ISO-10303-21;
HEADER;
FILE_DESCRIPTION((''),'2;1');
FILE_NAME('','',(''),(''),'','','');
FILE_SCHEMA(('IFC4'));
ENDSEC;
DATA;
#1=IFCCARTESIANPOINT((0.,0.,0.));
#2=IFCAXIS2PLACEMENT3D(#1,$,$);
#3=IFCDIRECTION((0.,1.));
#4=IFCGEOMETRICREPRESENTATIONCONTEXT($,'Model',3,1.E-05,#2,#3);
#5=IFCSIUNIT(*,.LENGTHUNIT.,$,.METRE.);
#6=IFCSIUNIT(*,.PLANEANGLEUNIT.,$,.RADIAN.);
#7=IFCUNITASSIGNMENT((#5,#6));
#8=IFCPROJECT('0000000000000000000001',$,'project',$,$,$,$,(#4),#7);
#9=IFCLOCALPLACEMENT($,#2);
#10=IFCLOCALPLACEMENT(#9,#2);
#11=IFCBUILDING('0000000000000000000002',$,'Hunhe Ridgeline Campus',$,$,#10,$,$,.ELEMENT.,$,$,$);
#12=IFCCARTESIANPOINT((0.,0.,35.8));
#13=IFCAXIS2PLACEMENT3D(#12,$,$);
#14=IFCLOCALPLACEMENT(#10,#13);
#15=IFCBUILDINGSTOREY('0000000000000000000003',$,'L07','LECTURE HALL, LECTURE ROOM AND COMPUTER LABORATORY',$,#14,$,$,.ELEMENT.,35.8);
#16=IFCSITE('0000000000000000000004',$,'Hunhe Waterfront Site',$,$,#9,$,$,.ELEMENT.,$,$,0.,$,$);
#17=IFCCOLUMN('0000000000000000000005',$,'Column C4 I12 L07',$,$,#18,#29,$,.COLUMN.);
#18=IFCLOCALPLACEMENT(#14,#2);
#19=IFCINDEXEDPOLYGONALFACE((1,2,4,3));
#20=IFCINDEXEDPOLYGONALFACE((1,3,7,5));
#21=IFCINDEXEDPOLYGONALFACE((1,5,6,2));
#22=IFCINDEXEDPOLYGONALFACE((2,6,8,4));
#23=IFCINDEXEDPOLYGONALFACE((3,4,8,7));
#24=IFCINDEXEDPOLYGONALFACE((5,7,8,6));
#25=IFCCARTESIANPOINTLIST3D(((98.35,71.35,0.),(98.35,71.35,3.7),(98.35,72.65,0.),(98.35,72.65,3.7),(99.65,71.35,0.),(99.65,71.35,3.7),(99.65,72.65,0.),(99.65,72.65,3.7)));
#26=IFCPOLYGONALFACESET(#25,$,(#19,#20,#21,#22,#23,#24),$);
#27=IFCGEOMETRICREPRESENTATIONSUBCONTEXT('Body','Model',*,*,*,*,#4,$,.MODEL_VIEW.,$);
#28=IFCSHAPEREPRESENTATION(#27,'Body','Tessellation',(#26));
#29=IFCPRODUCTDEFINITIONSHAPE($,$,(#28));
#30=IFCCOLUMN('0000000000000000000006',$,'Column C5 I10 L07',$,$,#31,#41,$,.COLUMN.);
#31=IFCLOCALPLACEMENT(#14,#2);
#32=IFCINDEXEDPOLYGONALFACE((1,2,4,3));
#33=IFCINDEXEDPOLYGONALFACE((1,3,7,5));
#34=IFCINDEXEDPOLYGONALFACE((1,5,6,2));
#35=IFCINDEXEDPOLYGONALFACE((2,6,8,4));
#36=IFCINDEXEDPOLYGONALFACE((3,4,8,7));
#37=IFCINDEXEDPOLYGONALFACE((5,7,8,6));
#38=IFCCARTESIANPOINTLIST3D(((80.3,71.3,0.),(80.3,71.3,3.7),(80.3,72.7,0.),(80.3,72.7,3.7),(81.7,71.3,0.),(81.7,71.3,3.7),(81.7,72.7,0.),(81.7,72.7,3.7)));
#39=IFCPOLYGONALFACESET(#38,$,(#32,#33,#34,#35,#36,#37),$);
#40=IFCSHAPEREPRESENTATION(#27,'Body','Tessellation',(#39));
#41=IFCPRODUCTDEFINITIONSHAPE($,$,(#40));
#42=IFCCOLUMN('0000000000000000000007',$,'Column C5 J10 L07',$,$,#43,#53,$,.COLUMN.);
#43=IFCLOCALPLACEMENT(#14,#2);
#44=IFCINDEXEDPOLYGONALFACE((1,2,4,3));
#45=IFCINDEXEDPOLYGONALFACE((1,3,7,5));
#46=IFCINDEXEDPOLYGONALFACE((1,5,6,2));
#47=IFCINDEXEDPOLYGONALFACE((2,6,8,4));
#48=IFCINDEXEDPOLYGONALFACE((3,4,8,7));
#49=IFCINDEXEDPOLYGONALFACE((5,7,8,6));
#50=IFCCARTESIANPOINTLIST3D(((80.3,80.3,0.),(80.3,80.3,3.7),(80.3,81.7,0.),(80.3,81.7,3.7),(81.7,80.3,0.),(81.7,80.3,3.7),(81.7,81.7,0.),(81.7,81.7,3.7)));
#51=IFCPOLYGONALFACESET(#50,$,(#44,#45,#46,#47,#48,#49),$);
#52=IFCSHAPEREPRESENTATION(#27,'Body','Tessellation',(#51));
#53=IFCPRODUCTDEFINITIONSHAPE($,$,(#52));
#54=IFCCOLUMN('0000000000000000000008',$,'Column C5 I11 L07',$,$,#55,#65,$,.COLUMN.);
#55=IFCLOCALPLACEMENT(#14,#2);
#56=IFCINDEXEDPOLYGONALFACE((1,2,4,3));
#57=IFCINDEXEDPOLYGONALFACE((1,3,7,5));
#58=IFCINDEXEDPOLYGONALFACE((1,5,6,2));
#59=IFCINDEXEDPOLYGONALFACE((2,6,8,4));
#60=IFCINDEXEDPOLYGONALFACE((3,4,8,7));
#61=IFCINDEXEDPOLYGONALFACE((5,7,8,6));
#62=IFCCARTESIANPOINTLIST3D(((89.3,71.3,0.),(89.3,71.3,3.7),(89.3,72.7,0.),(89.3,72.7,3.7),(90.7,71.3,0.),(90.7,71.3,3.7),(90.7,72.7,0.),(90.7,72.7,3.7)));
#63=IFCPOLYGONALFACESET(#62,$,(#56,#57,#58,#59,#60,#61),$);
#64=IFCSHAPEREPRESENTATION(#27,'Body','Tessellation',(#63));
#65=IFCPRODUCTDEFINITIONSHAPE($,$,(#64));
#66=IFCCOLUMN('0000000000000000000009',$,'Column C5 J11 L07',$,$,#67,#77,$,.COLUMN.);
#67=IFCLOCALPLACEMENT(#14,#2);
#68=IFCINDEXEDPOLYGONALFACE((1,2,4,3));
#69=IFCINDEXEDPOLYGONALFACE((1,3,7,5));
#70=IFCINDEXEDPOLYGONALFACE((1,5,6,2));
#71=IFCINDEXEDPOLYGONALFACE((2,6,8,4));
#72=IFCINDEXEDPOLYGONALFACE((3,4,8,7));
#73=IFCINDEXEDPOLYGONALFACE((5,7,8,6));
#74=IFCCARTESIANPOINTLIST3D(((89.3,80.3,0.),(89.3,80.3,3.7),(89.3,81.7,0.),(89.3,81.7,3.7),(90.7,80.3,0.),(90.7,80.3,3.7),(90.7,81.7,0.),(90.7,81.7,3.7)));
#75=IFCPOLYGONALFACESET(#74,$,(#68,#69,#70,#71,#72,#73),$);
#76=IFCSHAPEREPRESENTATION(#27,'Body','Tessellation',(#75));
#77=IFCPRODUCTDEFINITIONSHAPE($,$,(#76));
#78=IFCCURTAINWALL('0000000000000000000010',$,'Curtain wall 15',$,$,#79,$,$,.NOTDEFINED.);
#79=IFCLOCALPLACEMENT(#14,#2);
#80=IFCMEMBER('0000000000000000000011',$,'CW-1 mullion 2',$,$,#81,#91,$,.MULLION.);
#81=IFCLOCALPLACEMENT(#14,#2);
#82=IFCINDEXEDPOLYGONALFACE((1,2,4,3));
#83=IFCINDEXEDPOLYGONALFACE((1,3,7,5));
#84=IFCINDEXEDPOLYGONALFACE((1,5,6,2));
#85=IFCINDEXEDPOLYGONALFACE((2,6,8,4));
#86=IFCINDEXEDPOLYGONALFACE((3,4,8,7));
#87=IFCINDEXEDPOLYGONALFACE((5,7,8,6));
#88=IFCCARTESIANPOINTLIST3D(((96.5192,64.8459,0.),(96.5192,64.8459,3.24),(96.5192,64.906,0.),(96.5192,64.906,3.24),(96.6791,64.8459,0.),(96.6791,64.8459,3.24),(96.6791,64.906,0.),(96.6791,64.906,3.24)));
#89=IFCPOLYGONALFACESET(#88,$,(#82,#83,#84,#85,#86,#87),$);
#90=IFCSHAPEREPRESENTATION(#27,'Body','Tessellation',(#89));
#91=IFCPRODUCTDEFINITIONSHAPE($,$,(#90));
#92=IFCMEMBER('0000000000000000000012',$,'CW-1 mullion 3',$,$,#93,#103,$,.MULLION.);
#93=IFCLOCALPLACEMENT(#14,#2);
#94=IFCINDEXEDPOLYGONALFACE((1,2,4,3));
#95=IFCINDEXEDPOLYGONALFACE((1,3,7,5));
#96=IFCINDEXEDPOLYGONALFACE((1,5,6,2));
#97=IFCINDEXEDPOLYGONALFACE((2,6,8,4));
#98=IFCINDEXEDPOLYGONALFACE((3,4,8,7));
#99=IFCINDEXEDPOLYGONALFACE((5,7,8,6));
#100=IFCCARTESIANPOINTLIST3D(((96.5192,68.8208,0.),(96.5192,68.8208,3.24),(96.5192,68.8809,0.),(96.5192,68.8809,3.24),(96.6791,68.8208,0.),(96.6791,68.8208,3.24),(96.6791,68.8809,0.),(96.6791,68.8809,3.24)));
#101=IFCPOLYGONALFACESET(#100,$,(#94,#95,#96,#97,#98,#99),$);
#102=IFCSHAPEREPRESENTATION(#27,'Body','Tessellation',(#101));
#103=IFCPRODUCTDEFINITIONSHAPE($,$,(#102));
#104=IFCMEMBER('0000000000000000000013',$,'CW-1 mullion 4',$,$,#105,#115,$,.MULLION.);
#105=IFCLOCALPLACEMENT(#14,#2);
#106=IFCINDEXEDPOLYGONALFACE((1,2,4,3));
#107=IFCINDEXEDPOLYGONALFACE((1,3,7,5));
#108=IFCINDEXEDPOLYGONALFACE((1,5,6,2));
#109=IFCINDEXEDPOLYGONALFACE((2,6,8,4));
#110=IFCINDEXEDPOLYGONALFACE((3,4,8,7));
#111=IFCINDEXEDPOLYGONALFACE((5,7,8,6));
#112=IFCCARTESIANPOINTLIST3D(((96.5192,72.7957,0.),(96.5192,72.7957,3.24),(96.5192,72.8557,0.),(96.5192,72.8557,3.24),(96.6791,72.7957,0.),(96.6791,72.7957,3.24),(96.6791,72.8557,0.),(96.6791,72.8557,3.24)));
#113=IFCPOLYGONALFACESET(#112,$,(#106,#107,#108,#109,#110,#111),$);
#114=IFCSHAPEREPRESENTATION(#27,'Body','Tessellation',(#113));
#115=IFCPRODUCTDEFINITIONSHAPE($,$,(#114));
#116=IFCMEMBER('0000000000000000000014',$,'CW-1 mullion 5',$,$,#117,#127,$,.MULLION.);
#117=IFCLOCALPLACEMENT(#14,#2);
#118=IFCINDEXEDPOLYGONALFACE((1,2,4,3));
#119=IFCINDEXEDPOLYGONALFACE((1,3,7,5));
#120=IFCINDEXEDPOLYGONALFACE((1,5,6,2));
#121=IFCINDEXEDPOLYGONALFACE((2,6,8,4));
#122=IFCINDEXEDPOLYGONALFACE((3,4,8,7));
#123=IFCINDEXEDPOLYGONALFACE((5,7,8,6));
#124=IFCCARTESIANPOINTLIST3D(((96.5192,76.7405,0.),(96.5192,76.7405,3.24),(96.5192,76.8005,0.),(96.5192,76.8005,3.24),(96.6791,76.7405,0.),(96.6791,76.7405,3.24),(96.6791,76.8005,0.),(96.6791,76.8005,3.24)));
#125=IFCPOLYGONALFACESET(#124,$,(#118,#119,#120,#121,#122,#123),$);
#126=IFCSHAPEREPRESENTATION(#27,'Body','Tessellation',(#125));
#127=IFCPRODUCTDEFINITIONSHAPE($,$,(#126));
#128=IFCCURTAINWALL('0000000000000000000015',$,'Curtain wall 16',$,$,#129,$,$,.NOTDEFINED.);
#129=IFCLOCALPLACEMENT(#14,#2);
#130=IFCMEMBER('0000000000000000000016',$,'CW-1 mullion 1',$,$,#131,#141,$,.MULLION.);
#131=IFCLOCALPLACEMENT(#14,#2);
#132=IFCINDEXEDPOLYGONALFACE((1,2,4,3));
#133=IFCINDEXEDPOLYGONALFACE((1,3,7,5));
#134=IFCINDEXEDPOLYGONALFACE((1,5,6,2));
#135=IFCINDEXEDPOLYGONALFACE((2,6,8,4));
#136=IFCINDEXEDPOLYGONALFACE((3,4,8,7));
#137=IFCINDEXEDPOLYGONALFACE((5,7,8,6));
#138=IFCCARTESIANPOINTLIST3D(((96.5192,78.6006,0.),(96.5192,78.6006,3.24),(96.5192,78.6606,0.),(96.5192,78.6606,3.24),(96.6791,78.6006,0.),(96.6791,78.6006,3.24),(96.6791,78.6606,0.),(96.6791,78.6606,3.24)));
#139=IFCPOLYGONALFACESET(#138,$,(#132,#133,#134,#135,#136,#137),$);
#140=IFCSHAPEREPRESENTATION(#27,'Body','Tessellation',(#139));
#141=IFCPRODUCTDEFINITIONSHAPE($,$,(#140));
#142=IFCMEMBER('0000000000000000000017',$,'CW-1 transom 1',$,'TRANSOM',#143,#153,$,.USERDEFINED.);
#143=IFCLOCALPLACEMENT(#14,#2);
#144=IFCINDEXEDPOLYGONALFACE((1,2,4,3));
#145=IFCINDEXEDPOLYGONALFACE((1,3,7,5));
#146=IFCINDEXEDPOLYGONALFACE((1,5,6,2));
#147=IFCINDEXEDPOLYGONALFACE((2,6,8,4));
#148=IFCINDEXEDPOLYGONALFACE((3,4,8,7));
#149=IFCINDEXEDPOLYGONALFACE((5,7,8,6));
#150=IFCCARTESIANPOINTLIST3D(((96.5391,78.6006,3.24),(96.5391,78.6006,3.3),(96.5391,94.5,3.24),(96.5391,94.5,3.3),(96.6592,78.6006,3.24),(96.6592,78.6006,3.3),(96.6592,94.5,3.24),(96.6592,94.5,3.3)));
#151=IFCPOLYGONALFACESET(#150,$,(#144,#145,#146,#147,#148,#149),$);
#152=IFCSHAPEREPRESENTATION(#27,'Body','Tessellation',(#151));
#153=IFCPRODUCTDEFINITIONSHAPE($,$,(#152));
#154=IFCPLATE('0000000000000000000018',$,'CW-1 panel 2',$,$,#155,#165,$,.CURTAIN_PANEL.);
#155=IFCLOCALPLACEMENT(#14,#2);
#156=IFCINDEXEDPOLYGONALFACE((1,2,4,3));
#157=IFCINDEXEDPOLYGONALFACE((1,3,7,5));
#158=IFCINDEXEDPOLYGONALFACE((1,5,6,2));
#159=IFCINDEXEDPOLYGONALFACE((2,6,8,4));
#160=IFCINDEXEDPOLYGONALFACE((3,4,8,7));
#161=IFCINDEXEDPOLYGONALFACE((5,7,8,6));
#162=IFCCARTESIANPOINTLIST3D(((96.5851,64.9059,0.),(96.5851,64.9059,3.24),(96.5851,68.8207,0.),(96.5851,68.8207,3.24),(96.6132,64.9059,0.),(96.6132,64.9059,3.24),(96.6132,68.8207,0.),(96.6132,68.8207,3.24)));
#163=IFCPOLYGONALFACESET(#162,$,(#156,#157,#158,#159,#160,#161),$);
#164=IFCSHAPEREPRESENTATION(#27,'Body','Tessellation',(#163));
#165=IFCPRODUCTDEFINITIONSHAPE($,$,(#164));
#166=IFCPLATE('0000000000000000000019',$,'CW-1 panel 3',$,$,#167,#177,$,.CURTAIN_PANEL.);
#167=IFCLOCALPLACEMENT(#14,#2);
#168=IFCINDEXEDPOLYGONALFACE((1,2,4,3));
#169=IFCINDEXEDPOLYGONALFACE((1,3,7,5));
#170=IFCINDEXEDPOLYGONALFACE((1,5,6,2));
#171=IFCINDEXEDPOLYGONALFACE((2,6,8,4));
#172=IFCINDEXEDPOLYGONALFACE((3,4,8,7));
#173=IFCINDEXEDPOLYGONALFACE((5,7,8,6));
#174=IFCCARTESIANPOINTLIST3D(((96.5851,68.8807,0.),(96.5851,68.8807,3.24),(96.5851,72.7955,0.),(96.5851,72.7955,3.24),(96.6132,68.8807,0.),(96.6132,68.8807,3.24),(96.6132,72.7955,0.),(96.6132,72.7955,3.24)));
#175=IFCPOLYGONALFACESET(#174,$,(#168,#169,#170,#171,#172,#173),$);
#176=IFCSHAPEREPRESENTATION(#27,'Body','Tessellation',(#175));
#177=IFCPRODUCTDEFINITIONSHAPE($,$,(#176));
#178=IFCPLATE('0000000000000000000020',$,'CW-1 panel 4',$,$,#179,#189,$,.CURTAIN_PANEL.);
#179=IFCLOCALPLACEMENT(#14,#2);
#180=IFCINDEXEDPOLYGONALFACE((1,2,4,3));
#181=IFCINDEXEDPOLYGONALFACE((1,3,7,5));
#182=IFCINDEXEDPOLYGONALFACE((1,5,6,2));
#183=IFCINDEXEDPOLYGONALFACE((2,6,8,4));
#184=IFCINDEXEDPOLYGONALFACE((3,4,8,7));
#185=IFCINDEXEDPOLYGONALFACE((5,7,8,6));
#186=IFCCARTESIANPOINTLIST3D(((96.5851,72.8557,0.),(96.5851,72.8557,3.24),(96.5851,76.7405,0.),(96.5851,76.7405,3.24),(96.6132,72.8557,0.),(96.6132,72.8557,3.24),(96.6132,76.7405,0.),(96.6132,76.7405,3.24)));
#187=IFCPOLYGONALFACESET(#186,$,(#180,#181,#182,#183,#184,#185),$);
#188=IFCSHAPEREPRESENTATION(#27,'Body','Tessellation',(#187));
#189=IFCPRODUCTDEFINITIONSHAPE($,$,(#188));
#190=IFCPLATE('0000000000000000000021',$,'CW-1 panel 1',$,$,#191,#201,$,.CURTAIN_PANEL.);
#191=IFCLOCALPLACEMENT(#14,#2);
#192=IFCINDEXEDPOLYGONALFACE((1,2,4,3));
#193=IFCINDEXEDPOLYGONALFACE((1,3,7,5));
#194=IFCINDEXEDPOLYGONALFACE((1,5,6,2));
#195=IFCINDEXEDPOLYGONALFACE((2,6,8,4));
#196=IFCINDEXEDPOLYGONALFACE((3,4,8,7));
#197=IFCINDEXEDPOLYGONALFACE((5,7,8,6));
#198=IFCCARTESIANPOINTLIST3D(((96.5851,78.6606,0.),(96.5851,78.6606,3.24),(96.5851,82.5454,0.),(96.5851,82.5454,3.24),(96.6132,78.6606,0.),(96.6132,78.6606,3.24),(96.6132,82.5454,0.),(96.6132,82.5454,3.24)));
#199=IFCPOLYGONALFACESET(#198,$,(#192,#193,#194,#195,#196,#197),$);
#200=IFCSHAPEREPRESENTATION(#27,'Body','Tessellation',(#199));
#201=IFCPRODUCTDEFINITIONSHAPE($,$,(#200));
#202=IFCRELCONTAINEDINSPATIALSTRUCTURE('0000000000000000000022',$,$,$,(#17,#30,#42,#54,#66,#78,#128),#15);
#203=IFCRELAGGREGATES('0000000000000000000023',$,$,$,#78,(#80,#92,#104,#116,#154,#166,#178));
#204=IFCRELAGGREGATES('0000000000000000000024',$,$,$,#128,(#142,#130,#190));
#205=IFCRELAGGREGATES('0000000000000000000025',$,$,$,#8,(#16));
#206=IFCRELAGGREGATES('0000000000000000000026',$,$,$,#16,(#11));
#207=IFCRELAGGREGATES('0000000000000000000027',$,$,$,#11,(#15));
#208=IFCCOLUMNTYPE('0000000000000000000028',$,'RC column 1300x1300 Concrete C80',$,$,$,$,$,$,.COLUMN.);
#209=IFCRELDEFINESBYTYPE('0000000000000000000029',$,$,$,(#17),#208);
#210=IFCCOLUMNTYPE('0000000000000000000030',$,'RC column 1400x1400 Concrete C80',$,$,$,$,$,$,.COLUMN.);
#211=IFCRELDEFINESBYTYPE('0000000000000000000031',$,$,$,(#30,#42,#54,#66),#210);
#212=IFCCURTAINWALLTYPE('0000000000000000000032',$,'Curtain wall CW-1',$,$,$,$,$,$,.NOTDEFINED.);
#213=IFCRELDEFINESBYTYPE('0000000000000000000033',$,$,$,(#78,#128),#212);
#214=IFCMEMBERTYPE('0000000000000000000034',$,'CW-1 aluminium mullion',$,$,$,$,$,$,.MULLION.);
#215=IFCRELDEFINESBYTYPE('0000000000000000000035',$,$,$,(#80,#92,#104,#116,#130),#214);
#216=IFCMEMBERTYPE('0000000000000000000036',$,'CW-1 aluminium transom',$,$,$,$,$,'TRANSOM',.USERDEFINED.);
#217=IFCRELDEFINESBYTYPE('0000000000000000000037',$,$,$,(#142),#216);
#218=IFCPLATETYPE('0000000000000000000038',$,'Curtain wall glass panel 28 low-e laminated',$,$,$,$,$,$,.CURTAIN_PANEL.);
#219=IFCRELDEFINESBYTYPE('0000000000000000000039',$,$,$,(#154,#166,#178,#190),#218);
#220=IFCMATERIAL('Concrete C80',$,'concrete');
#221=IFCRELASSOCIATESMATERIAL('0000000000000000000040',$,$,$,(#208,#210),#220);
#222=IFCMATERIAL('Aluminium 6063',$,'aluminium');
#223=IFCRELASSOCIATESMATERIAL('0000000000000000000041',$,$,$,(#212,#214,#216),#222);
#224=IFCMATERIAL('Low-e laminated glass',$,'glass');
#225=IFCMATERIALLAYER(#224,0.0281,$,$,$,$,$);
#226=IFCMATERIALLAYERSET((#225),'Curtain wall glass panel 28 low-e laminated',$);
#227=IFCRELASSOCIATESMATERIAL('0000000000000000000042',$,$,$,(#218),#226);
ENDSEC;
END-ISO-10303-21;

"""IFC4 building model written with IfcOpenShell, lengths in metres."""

from ifc_helpers import new_model, si_unit, direction, frame, origin, origin_2d, place, context, subcontext, project, spatial, rectangle, extrude, material, layer, layer_set, material_profile, profile_set, type_object, element, aggregate, save


model = new_model("IFC4")

# Units and contexts
model_context = context("Model", 3, precision=1e-05, world=origin(), true_north=direction((0.0, 1.0)))
body_context = subcontext(model_context, "Body", "Model", "MODEL_VIEW")
ifc_project = project(units=[si_unit("LENGTHUNIT", "METRE"), si_unit("PLANEANGLEUNIT", "RADIAN")], contexts=[model_context])

# Site, building, storey
site_placement = place(None, origin())
site = spatial("IfcSite", under=ifc_project, at=site_placement, Name="Hunhe Waterfront Site", CompositionType="ELEMENT", RefElevation=0.0)
building_placement = place(site_placement, origin())
building = spatial("IfcBuilding", under=site, at=building_placement, Name="Hunhe Ridgeline Campus", CompositionType="ELEMENT")
storey_placement = place(building_placement, frame((0.0, 0.0, 35.8)))
storey = spatial("IfcBuildingStorey", under=building, at=storey_placement, Name="L07", Description="LECTURE HALL, LECTURE ROOM AND COMPUTER LABORATORY", CompositionType="ELEMENT", Elevation=35.8)

# Columns
ifc_material_1 = material(Name="Concrete C80", Category="concrete")
ifc_material_profile_1 = material_profile(ifc_material_1, rectangle(XDim=1.3, YDim=1.3, at=origin_2d()))
ifc_profile_set_1 = profile_set([ifc_material_profile_1], Name="Concrete C80")
column_type_1 = type_object("IfcColumnType", Name="RC column 1300x1300 Concrete C80", PredefinedType="COLUMN", material=ifc_profile_set_1)
column_placement = place(storey_placement, frame((99.0, 72.0, 0.0), z_axis=(0.0, 0.0, 1.0), x_axis=(1.0, 0.0, 0.0)))
element("IfcColumn", 1, at=column_placement, inside=storey, type_object=column_type_1, Name="Column C4 I12 L07", PredefinedType="COLUMN", context=body_context, shape_type="SweptSolid", body=[
    extrude(rectangle(XDim=1.3, YDim=1.3, at=origin_2d()), origin(), (0.0, 0.0, 1.0), 3.7),
])
ifc_material_profile_2 = material_profile(ifc_material_1, rectangle(XDim=1.3999, YDim=1.3999, at=origin_2d()))
ifc_profile_set_2 = profile_set([ifc_material_profile_2], Name="Concrete C80")
column_type_2 = type_object("IfcColumnType", Name="RC column 1400x1400 Concrete C80", PredefinedType="COLUMN", material=ifc_profile_set_2)
for number, where, z_axis, x_axis, name in (
    (2, (81.0, 72.0, 0.0), (0.0, 0.0, 1.0), (1.0, 0.0, 0.0), "Column C5 I10 L07"),
    (3, (81.0, 81.0, 0.0), (0.0, 0.0, 1.0), (1.0, 0.0, 0.0), "Column C5 J10 L07"),
    (4, (90.0, 72.0, 0.0), (0.0, 0.0, 1.0), (1.0, 0.0, 0.0), "Column C5 I11 L07"),
    (5, (90.0, 81.0, 0.0), (0.0, 0.0, 1.0), (1.0, 0.0, 0.0), "Column C5 J11 L07"),
):
    element("IfcColumn", number, at=place(storey_placement, frame(where, z_axis=z_axis, x_axis=x_axis)), inside=storey, type_object=column_type_2, Name=name, PredefinedType="COLUMN", context=body_context, shape_type="SweptSolid", body=[
        extrude(rectangle(XDim=1.3999, YDim=1.3999, at=origin_2d()), origin(), (0.0, 0.0, 1.0), 3.7),
    ])

# Curtain walls, members
ifc_material_2 = material(Name="Aluminium 6063", Category="aluminium")
curtain_wall_type = type_object("IfcCurtainWallType", Name="Curtain wall CW-1", PredefinedType="NOTDEFINED", material=ifc_material_2)
curtain_wall_1_placement = place(storey_placement, origin())
curtain_wall_1 = element("IfcCurtainWall", 6, at=curtain_wall_1_placement, inside=storey, type_object=curtain_wall_type, Name="Curtain wall 15", PredefinedType="NOTDEFINED")
ifc_material_profile_3 = material_profile(ifc_material_2, rectangle(XDim=0.1599, YDim=0.0601, at=origin_2d()))
ifc_profile_set_3 = profile_set([ifc_material_profile_3], Name="Aluminium 6063")
member_type_1 = type_object("IfcMemberType", Name="CW-1 aluminium mullion", PredefinedType="MULLION", material=ifc_profile_set_3)
member_1_placement = place(storey_placement, frame((96.5991, 64.876, 0.0), z_axis=(0.0, 0.0, 1.0), x_axis=(-1.0, 0.0, 0.0)))
member_1 = element("IfcMember", 7, at=member_1_placement, type_object=member_type_1, Name="CW-1 mullion 2", PredefinedType="MULLION", context=body_context, shape_type="SweptSolid", body=[
    extrude(rectangle(XDim=0.1599, YDim=0.0601, at=origin_2d()), origin(), (0.0, 0.0, 1.0), 3.24),
])
member_2_placement = place(storey_placement, frame((96.5991, 68.8508, 0.0), z_axis=(0.0, 0.0, 1.0), x_axis=(-1.0, 0.0, 0.0)))
member_2 = element("IfcMember", 8, at=member_2_placement, type_object=member_type_1, Name="CW-1 mullion 3", PredefinedType="MULLION", context=body_context, shape_type="SweptSolid", body=[
    extrude(rectangle(XDim=0.1599, YDim=0.0601, at=origin_2d()), origin(), (0.0, 0.0, 1.0), 3.24),
])
member_3_placement = place(storey_placement, frame((96.5991, 72.8257, 0.0), z_axis=(0.0, 0.0, 1.0), x_axis=(-1.0, 0.0, 0.0)))
member_3 = element("IfcMember", 9, at=member_3_placement, type_object=member_type_1, Name="CW-1 mullion 4", PredefinedType="MULLION", context=body_context, shape_type="SweptSolid", body=[
    extrude(rectangle(XDim=0.1599, YDim=0.0601, at=origin_2d()), origin(), (0.0, 0.0, 1.0), 3.24),
])
member_4_placement = place(storey_placement, frame((96.5991, 76.7705, 0.0), z_axis=(0.0, 0.0, 1.0), x_axis=(-1.0, 0.0, 0.0)))
member_4 = element("IfcMember", 10, at=member_4_placement, type_object=member_type_1, Name="CW-1 mullion 5", PredefinedType="MULLION", context=body_context, shape_type="SweptSolid", body=[
    extrude(rectangle(XDim=0.1599, YDim=0.0601, at=origin_2d()), origin(), (0.0, 0.0, 1.0), 3.24),
])
curtain_wall_2_placement = place(storey_placement, origin())
curtain_wall_2 = element("IfcCurtainWall", 11, at=curtain_wall_2_placement, inside=storey, type_object=curtain_wall_type, Name="Curtain wall 16", PredefinedType="NOTDEFINED")
member_5_placement = place(storey_placement, frame((96.5991, 78.6306, 0.0), z_axis=(0.0, 0.0, 1.0), x_axis=(-1.0, 0.0, 0.0)))
member_5 = element("IfcMember", 12, at=member_5_placement, type_object=member_type_1, Name="CW-1 mullion 1", PredefinedType="MULLION", context=body_context, shape_type="SweptSolid", body=[
    extrude(rectangle(XDim=0.1599, YDim=0.0601, at=origin_2d()), origin(), (0.0, 0.0, 1.0), 3.24),
])
ifc_material_profile_4 = material_profile(ifc_material_2, rectangle(XDim=0.1201, YDim=0.0601, at=origin_2d()))
ifc_profile_set_4 = profile_set([ifc_material_profile_4], Name="Aluminium 6063")
member_type_2 = type_object("IfcMemberType", Name="CW-1 aluminium transom", ElementType="TRANSOM", PredefinedType="USERDEFINED", material=ifc_profile_set_4)
member_6_placement = place(storey_placement, frame((96.5991, 78.6006, 3.27), z_axis=(0.0, 1.0, 0.0), x_axis=(-1.0, 0.0, 0.0)))
member_6 = element("IfcMember", 13, at=member_6_placement, type_object=member_type_2, Name="CW-1 transom 1", ObjectType="TRANSOM", PredefinedType="USERDEFINED", context=body_context, shape_type="SweptSolid", body=[
    extrude(rectangle(XDim=0.1201, YDim=0.0601, at=origin_2d()), origin(), (0.0, 0.0, 1.0), 15.8994),
])

# Plates
ifc_material_3 = material(Name="Low-e laminated glass", Category="glass")
ifc_layer_1 = layer(ifc_material_3, 0.0281)
ifc_layer_set_1 = layer_set([ifc_layer_1], Name="Curtain wall glass panel 28 low-e laminated")
plate_type = type_object("IfcPlateType", Name="Curtain wall glass panel 28 low-e laminated", PredefinedType="CURTAIN_PANEL", material=ifc_layer_set_1)
plate_1_placement = place(storey_placement, frame((96.5991, 66.8633, 0.0), z_axis=(0.0, 0.0, 1.0), x_axis=(0.0, 1.0, 0.0)))
plate_1 = element("IfcPlate", 14, at=plate_1_placement, type_object=plate_type, Name="CW-1 panel 2", PredefinedType="CURTAIN_PANEL", context=body_context, shape_type="SweptSolid", body=[
    extrude(rectangle(XDim=3.9148, YDim=0.0281, at=origin_2d()), origin(), (0.0, 0.0, 1.0), 3.24),
])
plate_2_placement = place(storey_placement, frame((96.5991, 70.8381, 0.0), z_axis=(0.0, 0.0, 1.0), x_axis=(0.0, 1.0, 0.0)))
plate_2 = element("IfcPlate", 15, at=plate_2_placement, type_object=plate_type, Name="CW-1 panel 3", PredefinedType="CURTAIN_PANEL", context=body_context, shape_type="SweptSolid", body=[
    extrude(rectangle(XDim=3.9148, YDim=0.0281, at=origin_2d()), origin(), (0.0, 0.0, 1.0), 3.24),
])
plate_3_placement = place(storey_placement, frame((96.5991, 74.7981, 0.0), z_axis=(0.0, 0.0, 1.0), x_axis=(0.0, 1.0, 0.0)))
plate_3 = element("IfcPlate", 16, at=plate_3_placement, type_object=plate_type, Name="CW-1 panel 4", PredefinedType="CURTAIN_PANEL", context=body_context, shape_type="SweptSolid", body=[
    extrude(rectangle(XDim=3.8848, YDim=0.0281, at=origin_2d()), origin(), (0.0, 0.0, 1.0), 3.24),
])
aggregate(curtain_wall_1, [member_1, member_2, member_3, member_4, plate_1, plate_2, plate_3])
plate_4_placement = place(storey_placement, frame((96.5991, 80.603, 0.0), z_axis=(0.0, 0.0, 1.0), x_axis=(0.0, 1.0, 0.0)))
plate_4 = element("IfcPlate", 17, at=plate_4_placement, type_object=plate_type, Name="CW-1 panel 1", PredefinedType="CURTAIN_PANEL", context=body_context, shape_type="SweptSolid", body=[
    extrude(rectangle(XDim=3.8848, YDim=0.0281, at=origin_2d()), origin(), (0.0, 0.0, 1.0), 3.24),
])
aggregate(curtain_wall_2, [member_6, member_5, plate_4])

save(model, "model.ifc")
